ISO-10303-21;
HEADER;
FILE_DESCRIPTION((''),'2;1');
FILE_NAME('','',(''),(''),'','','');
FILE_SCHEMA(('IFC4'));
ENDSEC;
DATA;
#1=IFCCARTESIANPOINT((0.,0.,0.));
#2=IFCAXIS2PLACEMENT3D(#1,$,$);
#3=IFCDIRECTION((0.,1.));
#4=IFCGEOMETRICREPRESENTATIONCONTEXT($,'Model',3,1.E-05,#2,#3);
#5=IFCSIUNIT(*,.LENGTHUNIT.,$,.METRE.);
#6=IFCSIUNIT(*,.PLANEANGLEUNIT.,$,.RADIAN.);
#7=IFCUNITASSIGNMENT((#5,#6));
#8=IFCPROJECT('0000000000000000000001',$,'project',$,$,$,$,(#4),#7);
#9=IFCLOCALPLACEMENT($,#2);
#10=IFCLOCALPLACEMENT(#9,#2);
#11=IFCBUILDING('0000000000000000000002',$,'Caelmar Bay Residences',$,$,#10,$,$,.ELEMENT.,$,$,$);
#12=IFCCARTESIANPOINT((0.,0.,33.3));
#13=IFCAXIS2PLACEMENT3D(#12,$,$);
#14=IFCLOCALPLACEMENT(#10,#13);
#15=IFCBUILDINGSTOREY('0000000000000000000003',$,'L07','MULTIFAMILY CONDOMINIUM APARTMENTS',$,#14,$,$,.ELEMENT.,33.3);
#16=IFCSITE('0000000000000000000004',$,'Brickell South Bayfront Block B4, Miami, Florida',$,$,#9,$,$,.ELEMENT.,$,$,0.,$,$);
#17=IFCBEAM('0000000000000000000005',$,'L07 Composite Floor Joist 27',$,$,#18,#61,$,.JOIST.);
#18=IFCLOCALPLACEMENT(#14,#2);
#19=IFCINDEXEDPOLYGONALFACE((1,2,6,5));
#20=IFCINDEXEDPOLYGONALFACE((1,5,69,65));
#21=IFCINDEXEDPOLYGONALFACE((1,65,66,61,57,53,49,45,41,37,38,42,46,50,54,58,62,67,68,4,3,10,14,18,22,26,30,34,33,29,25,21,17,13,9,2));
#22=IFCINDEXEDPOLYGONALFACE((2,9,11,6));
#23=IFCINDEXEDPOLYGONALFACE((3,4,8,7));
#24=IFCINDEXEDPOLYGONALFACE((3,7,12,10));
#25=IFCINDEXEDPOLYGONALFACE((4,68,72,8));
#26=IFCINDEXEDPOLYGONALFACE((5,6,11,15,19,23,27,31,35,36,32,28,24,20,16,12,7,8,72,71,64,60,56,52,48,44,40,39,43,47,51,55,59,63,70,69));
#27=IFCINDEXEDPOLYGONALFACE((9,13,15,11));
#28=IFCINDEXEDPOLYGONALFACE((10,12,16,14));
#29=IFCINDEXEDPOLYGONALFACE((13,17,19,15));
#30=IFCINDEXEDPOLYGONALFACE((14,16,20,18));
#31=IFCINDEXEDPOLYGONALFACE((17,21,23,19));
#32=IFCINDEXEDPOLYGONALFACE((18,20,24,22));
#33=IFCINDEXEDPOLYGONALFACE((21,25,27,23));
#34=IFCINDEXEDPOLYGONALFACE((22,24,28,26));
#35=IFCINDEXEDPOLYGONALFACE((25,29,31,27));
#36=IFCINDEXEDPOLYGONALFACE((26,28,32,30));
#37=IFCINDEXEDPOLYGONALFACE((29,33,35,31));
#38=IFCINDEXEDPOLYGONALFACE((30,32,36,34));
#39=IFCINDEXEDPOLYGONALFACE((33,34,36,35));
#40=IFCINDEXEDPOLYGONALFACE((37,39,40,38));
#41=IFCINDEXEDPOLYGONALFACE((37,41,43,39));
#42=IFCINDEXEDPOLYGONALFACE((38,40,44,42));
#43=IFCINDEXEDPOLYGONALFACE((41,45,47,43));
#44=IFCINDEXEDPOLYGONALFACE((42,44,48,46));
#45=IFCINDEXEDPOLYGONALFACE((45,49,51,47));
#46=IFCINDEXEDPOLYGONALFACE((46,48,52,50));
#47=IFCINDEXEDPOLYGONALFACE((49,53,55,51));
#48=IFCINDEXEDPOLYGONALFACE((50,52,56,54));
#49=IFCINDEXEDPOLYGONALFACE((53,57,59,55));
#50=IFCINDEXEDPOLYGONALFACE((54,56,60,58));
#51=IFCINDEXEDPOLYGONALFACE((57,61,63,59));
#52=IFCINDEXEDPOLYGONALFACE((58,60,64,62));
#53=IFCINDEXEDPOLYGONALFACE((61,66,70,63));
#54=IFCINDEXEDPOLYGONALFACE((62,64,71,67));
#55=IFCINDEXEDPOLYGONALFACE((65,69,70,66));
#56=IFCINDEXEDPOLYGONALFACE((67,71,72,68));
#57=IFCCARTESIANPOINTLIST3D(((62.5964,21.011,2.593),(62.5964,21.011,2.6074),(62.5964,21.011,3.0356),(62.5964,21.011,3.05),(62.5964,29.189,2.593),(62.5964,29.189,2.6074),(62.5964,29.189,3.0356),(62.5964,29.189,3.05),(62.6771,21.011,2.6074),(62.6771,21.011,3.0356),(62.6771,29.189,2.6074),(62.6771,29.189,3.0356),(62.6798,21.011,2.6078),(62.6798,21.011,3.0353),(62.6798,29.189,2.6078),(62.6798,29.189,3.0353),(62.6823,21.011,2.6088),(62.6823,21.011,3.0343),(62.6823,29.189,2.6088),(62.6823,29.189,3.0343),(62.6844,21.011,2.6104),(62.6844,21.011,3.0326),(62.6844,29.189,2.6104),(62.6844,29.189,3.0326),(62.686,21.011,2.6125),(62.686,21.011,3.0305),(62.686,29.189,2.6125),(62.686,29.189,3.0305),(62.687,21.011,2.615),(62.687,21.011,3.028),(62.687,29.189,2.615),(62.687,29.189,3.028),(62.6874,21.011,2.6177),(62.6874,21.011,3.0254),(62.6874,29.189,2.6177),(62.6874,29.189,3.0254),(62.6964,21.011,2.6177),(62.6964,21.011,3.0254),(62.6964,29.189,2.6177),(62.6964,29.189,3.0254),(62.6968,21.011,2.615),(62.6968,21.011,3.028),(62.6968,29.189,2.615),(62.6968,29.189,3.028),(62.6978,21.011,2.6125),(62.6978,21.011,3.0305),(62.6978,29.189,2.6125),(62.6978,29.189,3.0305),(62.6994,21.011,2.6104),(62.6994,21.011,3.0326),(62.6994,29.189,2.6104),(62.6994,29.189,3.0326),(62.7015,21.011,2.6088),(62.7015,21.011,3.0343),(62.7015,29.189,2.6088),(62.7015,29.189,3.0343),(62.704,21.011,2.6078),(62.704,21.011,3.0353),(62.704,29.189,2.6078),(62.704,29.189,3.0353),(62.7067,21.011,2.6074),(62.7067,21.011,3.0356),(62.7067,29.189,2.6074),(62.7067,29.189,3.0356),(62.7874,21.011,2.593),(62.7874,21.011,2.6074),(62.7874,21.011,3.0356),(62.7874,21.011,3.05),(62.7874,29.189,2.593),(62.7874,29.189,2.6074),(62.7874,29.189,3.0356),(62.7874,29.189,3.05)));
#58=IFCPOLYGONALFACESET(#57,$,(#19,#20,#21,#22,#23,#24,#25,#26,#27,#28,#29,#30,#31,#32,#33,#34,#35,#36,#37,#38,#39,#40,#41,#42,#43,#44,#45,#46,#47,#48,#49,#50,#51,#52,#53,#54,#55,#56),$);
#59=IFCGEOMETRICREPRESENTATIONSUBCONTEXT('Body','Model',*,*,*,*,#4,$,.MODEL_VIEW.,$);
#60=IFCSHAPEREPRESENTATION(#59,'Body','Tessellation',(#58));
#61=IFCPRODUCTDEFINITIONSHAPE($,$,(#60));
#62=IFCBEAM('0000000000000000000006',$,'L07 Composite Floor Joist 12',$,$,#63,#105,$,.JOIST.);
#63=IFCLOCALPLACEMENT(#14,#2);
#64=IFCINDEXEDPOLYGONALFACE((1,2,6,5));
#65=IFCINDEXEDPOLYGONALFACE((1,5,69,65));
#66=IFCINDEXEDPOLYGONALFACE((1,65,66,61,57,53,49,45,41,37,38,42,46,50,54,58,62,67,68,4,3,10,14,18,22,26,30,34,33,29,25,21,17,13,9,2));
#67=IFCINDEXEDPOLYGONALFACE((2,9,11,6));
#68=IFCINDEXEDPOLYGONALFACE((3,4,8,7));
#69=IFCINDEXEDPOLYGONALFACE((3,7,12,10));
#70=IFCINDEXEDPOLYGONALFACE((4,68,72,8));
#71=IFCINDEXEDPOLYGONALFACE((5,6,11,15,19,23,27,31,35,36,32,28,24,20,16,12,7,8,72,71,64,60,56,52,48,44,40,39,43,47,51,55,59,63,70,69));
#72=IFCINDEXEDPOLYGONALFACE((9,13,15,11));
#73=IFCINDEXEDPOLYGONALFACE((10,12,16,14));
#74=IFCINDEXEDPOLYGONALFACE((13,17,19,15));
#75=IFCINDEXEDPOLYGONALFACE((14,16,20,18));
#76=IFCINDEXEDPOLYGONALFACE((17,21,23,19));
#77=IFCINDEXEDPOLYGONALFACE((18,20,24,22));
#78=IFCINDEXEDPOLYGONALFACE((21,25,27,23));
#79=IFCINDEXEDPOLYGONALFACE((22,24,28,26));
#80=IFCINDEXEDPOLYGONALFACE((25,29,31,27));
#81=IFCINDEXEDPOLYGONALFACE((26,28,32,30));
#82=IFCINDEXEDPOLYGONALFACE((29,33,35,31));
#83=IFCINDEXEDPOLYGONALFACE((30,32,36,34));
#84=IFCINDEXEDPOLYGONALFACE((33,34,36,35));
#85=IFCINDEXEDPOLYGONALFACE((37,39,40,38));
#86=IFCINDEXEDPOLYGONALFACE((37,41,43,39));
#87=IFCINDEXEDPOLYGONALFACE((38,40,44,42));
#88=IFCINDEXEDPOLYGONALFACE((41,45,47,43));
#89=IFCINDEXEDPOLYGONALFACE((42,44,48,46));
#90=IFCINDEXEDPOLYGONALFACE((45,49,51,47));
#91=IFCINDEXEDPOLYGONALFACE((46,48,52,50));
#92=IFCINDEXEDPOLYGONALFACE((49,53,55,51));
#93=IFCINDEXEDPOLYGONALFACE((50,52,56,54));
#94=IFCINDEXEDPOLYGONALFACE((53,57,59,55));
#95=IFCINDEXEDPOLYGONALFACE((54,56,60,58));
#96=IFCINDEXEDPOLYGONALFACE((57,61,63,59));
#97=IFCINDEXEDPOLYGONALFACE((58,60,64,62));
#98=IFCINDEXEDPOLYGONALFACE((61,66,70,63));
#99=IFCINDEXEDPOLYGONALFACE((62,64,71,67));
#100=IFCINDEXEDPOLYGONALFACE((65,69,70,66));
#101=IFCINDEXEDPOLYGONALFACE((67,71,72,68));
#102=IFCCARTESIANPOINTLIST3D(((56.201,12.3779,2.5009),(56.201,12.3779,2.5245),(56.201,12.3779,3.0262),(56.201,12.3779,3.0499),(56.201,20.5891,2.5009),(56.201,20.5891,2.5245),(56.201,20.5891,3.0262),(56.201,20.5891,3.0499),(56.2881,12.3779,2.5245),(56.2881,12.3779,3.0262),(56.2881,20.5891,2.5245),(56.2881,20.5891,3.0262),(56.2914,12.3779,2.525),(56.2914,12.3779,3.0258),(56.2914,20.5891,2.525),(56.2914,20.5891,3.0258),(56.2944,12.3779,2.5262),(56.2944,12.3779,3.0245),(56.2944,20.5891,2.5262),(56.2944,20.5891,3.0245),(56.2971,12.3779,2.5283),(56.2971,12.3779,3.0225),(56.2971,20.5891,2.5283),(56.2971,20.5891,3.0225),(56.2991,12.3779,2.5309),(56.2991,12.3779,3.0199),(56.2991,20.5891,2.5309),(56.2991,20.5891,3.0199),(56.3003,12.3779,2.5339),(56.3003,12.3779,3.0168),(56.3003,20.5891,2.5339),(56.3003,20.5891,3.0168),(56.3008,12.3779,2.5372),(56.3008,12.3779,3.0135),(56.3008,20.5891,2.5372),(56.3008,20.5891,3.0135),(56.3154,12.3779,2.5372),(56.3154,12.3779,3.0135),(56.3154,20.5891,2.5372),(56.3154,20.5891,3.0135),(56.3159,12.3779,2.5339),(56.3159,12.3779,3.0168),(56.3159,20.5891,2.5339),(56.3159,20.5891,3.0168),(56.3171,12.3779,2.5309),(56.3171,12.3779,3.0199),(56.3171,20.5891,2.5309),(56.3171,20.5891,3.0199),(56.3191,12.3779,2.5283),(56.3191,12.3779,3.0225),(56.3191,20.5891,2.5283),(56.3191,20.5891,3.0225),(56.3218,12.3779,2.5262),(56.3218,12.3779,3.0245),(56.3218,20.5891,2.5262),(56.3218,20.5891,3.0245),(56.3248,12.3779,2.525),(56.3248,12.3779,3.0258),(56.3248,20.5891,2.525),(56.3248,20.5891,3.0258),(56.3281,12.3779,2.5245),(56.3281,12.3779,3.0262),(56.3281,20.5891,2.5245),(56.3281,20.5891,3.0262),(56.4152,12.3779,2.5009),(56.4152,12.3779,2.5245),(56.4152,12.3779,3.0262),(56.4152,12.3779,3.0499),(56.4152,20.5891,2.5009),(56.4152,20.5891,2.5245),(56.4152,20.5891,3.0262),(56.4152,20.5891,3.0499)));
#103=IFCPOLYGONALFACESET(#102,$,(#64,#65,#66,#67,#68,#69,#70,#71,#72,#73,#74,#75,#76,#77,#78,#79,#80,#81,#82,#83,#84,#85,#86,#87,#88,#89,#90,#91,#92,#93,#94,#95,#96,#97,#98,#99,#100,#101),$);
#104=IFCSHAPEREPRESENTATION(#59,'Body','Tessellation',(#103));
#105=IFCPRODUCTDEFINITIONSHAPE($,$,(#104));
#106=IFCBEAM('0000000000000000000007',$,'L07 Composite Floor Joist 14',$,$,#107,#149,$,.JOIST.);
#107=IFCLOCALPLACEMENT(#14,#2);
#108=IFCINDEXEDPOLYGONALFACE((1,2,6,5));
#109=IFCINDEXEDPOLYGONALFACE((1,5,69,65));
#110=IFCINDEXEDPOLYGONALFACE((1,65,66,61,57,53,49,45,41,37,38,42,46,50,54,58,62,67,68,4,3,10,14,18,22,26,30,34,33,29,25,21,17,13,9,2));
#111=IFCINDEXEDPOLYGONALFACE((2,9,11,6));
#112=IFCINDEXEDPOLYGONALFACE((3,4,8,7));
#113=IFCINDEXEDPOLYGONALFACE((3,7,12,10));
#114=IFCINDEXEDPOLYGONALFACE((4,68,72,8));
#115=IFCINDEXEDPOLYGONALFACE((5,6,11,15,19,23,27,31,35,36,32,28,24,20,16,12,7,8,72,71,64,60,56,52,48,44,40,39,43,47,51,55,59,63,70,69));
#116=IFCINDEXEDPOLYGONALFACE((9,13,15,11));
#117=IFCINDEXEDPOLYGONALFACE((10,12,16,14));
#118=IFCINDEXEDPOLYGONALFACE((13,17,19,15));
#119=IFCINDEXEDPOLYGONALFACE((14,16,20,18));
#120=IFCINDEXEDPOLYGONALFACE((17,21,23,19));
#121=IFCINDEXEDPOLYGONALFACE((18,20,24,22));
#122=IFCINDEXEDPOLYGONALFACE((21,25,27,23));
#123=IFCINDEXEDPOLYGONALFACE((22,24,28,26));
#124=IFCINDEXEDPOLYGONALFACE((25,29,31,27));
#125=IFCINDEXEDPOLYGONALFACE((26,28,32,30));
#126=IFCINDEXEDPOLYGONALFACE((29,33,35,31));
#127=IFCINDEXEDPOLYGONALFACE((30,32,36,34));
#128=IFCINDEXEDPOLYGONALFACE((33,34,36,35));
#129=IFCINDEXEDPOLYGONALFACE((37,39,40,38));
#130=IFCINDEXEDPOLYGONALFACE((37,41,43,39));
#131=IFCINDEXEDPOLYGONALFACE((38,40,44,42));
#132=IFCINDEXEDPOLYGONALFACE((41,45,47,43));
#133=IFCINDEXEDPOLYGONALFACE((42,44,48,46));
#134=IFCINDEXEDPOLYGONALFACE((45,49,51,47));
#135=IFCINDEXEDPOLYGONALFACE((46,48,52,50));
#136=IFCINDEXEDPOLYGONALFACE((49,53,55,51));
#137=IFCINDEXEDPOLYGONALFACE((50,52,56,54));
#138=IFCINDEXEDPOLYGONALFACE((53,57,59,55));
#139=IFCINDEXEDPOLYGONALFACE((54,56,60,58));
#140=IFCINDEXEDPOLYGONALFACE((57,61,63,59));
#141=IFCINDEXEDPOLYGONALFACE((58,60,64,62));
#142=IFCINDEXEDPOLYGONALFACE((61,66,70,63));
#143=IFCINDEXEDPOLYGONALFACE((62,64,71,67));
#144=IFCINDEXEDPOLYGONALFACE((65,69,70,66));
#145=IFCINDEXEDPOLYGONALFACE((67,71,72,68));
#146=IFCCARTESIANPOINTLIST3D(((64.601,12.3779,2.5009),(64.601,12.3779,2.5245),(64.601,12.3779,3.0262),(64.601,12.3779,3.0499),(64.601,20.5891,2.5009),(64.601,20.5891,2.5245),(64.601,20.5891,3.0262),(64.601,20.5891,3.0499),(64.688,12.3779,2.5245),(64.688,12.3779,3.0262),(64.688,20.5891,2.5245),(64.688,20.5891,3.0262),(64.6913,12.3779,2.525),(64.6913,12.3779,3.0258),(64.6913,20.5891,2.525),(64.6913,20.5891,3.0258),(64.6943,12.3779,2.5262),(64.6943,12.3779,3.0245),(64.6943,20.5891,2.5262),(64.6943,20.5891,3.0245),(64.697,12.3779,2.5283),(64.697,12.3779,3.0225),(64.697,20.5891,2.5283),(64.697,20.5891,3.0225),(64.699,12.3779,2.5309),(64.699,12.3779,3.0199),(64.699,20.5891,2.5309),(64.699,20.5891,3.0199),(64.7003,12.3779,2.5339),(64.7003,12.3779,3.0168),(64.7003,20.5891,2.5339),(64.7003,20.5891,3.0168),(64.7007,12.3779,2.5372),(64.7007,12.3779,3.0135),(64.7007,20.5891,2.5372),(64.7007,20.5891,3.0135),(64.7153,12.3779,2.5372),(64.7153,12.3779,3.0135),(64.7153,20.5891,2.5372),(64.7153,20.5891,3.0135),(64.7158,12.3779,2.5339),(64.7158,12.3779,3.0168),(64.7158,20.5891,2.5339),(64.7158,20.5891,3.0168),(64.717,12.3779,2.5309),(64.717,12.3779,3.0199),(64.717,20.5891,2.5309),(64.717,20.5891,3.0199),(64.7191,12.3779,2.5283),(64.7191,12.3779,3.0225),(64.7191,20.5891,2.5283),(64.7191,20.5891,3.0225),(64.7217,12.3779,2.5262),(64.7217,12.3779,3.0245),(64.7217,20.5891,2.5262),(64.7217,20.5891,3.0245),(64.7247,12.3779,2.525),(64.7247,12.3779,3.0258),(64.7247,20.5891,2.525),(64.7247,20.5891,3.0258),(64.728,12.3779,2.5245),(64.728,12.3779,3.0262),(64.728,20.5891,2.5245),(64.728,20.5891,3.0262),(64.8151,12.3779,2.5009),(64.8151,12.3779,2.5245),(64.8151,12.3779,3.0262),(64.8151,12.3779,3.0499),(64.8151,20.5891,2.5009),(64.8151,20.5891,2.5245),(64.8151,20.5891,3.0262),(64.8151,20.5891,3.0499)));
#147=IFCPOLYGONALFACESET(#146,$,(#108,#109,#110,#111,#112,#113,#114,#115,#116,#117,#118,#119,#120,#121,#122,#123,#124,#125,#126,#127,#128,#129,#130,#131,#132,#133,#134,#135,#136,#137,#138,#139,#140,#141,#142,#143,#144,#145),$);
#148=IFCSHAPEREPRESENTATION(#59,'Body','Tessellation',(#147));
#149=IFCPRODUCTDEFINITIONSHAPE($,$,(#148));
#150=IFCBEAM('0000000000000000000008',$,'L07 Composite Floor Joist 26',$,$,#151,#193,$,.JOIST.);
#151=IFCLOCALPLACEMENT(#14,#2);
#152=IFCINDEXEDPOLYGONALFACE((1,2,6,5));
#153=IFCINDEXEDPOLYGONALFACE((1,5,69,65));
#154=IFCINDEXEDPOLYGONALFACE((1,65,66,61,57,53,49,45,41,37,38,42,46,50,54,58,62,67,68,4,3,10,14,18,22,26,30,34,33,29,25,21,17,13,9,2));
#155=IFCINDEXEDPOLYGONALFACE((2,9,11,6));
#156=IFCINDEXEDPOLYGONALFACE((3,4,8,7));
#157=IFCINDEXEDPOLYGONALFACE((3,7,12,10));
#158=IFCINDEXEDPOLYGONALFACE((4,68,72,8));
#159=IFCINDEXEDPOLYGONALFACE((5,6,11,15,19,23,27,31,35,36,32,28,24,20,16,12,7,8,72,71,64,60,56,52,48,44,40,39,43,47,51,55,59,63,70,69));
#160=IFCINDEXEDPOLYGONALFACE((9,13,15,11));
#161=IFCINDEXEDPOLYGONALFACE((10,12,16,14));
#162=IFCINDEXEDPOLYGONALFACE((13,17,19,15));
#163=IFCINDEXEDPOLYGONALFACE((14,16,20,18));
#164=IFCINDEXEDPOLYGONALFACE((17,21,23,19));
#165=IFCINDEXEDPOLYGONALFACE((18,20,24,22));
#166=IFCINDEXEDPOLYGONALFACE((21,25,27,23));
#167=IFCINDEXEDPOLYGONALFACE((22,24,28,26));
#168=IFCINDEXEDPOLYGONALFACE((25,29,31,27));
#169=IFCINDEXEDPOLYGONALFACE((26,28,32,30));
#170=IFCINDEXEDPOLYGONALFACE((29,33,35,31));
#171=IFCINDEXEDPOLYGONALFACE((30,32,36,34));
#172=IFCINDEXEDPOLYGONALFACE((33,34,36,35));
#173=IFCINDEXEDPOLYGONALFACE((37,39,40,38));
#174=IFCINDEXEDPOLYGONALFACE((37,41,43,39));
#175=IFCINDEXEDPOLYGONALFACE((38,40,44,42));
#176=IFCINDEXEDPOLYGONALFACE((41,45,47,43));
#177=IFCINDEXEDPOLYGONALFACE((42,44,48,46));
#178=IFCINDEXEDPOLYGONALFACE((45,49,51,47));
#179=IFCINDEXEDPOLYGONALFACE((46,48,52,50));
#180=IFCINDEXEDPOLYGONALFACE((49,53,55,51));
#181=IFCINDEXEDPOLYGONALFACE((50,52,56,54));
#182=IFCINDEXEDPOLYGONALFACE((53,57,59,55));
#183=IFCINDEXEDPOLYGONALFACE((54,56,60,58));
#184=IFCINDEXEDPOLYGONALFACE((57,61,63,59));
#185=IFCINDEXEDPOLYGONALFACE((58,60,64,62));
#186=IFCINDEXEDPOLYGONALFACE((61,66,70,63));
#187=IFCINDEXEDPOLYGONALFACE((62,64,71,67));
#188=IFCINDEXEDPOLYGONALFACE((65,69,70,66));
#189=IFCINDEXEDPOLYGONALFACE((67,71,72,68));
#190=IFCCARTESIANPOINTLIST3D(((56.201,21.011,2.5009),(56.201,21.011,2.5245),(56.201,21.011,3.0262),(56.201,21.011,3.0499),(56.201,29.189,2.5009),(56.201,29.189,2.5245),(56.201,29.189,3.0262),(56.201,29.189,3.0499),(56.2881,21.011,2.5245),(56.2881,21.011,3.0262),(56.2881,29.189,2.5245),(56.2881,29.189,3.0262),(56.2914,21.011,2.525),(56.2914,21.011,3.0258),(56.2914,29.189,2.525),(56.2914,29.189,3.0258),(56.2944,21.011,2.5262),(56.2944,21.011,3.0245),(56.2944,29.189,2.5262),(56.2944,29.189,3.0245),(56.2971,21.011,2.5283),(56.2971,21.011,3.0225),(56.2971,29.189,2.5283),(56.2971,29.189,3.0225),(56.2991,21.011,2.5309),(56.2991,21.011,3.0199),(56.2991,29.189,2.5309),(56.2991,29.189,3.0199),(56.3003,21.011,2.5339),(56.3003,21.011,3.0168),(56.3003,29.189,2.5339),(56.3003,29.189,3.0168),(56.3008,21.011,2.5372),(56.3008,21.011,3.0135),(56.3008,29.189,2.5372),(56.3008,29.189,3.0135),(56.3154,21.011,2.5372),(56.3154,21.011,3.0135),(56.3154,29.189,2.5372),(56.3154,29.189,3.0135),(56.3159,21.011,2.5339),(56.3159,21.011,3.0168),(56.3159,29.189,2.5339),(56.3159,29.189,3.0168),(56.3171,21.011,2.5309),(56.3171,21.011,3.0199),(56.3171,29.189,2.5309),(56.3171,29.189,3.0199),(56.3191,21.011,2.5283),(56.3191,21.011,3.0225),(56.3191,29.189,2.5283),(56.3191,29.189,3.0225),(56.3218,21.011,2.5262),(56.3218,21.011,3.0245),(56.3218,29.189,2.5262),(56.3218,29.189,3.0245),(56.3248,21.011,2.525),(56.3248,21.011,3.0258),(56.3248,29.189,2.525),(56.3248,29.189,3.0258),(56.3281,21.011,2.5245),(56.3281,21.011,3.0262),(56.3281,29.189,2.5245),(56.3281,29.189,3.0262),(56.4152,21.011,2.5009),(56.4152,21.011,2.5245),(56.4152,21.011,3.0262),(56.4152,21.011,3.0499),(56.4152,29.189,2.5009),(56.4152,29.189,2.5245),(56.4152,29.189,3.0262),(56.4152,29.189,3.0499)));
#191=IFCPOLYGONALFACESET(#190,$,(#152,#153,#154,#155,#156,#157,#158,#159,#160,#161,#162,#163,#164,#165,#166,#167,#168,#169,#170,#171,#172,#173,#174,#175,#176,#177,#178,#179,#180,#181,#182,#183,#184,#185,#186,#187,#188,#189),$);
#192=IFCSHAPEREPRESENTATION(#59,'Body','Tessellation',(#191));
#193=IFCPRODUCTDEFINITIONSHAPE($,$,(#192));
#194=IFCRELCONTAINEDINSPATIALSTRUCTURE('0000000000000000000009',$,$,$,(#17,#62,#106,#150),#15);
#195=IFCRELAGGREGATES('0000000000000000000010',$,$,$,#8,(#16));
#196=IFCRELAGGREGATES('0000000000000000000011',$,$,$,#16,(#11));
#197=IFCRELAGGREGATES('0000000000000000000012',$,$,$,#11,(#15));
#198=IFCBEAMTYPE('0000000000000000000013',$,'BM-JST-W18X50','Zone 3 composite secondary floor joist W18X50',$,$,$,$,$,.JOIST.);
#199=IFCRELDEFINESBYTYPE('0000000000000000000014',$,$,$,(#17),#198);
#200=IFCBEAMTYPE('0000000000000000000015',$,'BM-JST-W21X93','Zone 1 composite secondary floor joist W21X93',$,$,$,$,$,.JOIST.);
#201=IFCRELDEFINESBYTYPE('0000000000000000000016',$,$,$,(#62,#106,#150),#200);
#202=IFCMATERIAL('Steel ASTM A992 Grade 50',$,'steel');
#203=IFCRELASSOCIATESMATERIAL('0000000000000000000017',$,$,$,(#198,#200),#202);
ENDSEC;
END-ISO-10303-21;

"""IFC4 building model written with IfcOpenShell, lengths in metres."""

from ifc_helpers import new_model, si_unit, direction, frame, origin, origin_2d, place, context, subcontext, project, spatial, i_section, extrude, material, material_profile, profile_set, type_object, element, save


model = new_model("IFC4")

# Units and contexts
model_context = context("Model", 3, precision=1e-05, world=origin(), true_north=direction((0.0, 1.0)))
body_context = subcontext(model_context, "Body", "Model", "MODEL_VIEW")
ifc_project = project(units=[si_unit("LENGTHUNIT", "METRE"), si_unit("PLANEANGLEUNIT", "RADIAN")], contexts=[model_context])

# Site, building, storey
site_placement = place(None, origin())
site = spatial("IfcSite", under=ifc_project, at=site_placement, Name="Brickell South Bayfront Block B4, Miami, Florida", CompositionType="ELEMENT", RefElevation=0.0)
building_placement = place(site_placement, origin())
building = spatial("IfcBuilding", under=site, at=building_placement, Name="Caelmar Bay Residences", CompositionType="ELEMENT")
storey_placement = place(building_placement, frame((0.0, 0.0, 33.3)))
storey = spatial("IfcBuildingStorey", under=building, at=storey_placement, Name="L07", Description="MULTIFAMILY CONDOMINIUM APARTMENTS", CompositionType="ELEMENT", Elevation=33.3)

# Beams
ifc_material_1 = material(Name="Steel ASTM A992 Grade 50", Category="steel")
ifc_material_profile_1 = material_profile(ifc_material_1, i_section(OverallWidth=0.1909, OverallDepth=0.457, WebThickness=0.009, FlangeThickness=0.0144, FilletRadius=0.0103, at=origin_2d()), Name="W18X50")
ifc_profile_set_1 = profile_set([ifc_material_profile_1], Name="Steel ASTM A992 Grade 50")
beam_type_1 = type_object("IfcBeamType", Name="BM-JST-W18X50", Description="Zone 3 composite secondary floor joist W18X50", PredefinedType="JOIST", material=ifc_profile_set_1)
for number, where, z_axis, x_axis, name in (
    (1, (62.6919, 21.011, 2.8215), (0.0, 1.0, 0.0), (-1.0, 0.0, 0.0), "L07 Composite Floor Joist 27"),
):
    element("IfcBeam", number, at=place(storey_placement, frame(where, z_axis=z_axis, x_axis=x_axis)), inside=storey, type_object=beam_type_1, Name=name, PredefinedType="JOIST", context=body_context, shape_type="SweptSolid", body=[
        extrude(i_section(OverallWidth=0.1909, OverallDepth=0.457, WebThickness=0.009, FlangeThickness=0.0144, FilletRadius=0.0103, at=origin_2d()), origin(), (0.0, 0.0, 1.0), 8.178),
    ])
ifc_material_profile_2 = material_profile(ifc_material_1, i_section(OverallWidth=0.2141, OverallDepth=0.5491, WebThickness=0.0146, FlangeThickness=0.0237, FilletRadius=0.0127, at=origin_2d()), Name="W21X93")
ifc_profile_set_2 = profile_set([ifc_material_profile_2], Name="Steel ASTM A992 Grade 50")
beam_type_2 = type_object("IfcBeamType", Name="BM-JST-W21X93", Description="Zone 1 composite secondary floor joist W21X93", PredefinedType="JOIST", material=ifc_profile_set_2)
for number, where, z_axis, x_axis, name in (
    (2, (56.3081, 12.3779, 2.7754), (0.0, 1.0, 0.0), (-1.0, 0.0, 0.0), "L07 Composite Floor Joist 12"),
    (3, (64.708, 12.3779, 2.7754), (0.0, 1.0, 0.0), (-1.0, 0.0, 0.0), "L07 Composite Floor Joist 14"),
):
    element("IfcBeam", number, at=place(storey_placement, frame(where, z_axis=z_axis, x_axis=x_axis)), inside=storey, type_object=beam_type_2, Name=name, PredefinedType="JOIST", context=body_context, shape_type="SweptSolid", body=[
        extrude(i_section(OverallWidth=0.2141, OverallDepth=0.5491, WebThickness=0.0146, FlangeThickness=0.0237, FilletRadius=0.0127, at=origin_2d()), origin(), (0.0, 0.0, 1.0), 8.2112),
    ])
for number, where, z_axis, x_axis, name in (
    (4, (56.3081, 21.011, 2.7754), (0.0, 1.0, 0.0), (-1.0, 0.0, 0.0), "L07 Composite Floor Joist 26"),
):
    element("IfcBeam", number, at=place(storey_placement, frame(where, z_axis=z_axis, x_axis=x_axis)), inside=storey, type_object=beam_type_2, Name=name, PredefinedType="JOIST", context=body_context, shape_type="SweptSolid", body=[
        extrude(i_section(OverallWidth=0.2141, OverallDepth=0.5491, WebThickness=0.0146, FlangeThickness=0.0237, FilletRadius=0.0127, at=origin_2d()), origin(), (0.0, 0.0, 1.0), 8.178),
    ])

save(model, "model.ifc")
